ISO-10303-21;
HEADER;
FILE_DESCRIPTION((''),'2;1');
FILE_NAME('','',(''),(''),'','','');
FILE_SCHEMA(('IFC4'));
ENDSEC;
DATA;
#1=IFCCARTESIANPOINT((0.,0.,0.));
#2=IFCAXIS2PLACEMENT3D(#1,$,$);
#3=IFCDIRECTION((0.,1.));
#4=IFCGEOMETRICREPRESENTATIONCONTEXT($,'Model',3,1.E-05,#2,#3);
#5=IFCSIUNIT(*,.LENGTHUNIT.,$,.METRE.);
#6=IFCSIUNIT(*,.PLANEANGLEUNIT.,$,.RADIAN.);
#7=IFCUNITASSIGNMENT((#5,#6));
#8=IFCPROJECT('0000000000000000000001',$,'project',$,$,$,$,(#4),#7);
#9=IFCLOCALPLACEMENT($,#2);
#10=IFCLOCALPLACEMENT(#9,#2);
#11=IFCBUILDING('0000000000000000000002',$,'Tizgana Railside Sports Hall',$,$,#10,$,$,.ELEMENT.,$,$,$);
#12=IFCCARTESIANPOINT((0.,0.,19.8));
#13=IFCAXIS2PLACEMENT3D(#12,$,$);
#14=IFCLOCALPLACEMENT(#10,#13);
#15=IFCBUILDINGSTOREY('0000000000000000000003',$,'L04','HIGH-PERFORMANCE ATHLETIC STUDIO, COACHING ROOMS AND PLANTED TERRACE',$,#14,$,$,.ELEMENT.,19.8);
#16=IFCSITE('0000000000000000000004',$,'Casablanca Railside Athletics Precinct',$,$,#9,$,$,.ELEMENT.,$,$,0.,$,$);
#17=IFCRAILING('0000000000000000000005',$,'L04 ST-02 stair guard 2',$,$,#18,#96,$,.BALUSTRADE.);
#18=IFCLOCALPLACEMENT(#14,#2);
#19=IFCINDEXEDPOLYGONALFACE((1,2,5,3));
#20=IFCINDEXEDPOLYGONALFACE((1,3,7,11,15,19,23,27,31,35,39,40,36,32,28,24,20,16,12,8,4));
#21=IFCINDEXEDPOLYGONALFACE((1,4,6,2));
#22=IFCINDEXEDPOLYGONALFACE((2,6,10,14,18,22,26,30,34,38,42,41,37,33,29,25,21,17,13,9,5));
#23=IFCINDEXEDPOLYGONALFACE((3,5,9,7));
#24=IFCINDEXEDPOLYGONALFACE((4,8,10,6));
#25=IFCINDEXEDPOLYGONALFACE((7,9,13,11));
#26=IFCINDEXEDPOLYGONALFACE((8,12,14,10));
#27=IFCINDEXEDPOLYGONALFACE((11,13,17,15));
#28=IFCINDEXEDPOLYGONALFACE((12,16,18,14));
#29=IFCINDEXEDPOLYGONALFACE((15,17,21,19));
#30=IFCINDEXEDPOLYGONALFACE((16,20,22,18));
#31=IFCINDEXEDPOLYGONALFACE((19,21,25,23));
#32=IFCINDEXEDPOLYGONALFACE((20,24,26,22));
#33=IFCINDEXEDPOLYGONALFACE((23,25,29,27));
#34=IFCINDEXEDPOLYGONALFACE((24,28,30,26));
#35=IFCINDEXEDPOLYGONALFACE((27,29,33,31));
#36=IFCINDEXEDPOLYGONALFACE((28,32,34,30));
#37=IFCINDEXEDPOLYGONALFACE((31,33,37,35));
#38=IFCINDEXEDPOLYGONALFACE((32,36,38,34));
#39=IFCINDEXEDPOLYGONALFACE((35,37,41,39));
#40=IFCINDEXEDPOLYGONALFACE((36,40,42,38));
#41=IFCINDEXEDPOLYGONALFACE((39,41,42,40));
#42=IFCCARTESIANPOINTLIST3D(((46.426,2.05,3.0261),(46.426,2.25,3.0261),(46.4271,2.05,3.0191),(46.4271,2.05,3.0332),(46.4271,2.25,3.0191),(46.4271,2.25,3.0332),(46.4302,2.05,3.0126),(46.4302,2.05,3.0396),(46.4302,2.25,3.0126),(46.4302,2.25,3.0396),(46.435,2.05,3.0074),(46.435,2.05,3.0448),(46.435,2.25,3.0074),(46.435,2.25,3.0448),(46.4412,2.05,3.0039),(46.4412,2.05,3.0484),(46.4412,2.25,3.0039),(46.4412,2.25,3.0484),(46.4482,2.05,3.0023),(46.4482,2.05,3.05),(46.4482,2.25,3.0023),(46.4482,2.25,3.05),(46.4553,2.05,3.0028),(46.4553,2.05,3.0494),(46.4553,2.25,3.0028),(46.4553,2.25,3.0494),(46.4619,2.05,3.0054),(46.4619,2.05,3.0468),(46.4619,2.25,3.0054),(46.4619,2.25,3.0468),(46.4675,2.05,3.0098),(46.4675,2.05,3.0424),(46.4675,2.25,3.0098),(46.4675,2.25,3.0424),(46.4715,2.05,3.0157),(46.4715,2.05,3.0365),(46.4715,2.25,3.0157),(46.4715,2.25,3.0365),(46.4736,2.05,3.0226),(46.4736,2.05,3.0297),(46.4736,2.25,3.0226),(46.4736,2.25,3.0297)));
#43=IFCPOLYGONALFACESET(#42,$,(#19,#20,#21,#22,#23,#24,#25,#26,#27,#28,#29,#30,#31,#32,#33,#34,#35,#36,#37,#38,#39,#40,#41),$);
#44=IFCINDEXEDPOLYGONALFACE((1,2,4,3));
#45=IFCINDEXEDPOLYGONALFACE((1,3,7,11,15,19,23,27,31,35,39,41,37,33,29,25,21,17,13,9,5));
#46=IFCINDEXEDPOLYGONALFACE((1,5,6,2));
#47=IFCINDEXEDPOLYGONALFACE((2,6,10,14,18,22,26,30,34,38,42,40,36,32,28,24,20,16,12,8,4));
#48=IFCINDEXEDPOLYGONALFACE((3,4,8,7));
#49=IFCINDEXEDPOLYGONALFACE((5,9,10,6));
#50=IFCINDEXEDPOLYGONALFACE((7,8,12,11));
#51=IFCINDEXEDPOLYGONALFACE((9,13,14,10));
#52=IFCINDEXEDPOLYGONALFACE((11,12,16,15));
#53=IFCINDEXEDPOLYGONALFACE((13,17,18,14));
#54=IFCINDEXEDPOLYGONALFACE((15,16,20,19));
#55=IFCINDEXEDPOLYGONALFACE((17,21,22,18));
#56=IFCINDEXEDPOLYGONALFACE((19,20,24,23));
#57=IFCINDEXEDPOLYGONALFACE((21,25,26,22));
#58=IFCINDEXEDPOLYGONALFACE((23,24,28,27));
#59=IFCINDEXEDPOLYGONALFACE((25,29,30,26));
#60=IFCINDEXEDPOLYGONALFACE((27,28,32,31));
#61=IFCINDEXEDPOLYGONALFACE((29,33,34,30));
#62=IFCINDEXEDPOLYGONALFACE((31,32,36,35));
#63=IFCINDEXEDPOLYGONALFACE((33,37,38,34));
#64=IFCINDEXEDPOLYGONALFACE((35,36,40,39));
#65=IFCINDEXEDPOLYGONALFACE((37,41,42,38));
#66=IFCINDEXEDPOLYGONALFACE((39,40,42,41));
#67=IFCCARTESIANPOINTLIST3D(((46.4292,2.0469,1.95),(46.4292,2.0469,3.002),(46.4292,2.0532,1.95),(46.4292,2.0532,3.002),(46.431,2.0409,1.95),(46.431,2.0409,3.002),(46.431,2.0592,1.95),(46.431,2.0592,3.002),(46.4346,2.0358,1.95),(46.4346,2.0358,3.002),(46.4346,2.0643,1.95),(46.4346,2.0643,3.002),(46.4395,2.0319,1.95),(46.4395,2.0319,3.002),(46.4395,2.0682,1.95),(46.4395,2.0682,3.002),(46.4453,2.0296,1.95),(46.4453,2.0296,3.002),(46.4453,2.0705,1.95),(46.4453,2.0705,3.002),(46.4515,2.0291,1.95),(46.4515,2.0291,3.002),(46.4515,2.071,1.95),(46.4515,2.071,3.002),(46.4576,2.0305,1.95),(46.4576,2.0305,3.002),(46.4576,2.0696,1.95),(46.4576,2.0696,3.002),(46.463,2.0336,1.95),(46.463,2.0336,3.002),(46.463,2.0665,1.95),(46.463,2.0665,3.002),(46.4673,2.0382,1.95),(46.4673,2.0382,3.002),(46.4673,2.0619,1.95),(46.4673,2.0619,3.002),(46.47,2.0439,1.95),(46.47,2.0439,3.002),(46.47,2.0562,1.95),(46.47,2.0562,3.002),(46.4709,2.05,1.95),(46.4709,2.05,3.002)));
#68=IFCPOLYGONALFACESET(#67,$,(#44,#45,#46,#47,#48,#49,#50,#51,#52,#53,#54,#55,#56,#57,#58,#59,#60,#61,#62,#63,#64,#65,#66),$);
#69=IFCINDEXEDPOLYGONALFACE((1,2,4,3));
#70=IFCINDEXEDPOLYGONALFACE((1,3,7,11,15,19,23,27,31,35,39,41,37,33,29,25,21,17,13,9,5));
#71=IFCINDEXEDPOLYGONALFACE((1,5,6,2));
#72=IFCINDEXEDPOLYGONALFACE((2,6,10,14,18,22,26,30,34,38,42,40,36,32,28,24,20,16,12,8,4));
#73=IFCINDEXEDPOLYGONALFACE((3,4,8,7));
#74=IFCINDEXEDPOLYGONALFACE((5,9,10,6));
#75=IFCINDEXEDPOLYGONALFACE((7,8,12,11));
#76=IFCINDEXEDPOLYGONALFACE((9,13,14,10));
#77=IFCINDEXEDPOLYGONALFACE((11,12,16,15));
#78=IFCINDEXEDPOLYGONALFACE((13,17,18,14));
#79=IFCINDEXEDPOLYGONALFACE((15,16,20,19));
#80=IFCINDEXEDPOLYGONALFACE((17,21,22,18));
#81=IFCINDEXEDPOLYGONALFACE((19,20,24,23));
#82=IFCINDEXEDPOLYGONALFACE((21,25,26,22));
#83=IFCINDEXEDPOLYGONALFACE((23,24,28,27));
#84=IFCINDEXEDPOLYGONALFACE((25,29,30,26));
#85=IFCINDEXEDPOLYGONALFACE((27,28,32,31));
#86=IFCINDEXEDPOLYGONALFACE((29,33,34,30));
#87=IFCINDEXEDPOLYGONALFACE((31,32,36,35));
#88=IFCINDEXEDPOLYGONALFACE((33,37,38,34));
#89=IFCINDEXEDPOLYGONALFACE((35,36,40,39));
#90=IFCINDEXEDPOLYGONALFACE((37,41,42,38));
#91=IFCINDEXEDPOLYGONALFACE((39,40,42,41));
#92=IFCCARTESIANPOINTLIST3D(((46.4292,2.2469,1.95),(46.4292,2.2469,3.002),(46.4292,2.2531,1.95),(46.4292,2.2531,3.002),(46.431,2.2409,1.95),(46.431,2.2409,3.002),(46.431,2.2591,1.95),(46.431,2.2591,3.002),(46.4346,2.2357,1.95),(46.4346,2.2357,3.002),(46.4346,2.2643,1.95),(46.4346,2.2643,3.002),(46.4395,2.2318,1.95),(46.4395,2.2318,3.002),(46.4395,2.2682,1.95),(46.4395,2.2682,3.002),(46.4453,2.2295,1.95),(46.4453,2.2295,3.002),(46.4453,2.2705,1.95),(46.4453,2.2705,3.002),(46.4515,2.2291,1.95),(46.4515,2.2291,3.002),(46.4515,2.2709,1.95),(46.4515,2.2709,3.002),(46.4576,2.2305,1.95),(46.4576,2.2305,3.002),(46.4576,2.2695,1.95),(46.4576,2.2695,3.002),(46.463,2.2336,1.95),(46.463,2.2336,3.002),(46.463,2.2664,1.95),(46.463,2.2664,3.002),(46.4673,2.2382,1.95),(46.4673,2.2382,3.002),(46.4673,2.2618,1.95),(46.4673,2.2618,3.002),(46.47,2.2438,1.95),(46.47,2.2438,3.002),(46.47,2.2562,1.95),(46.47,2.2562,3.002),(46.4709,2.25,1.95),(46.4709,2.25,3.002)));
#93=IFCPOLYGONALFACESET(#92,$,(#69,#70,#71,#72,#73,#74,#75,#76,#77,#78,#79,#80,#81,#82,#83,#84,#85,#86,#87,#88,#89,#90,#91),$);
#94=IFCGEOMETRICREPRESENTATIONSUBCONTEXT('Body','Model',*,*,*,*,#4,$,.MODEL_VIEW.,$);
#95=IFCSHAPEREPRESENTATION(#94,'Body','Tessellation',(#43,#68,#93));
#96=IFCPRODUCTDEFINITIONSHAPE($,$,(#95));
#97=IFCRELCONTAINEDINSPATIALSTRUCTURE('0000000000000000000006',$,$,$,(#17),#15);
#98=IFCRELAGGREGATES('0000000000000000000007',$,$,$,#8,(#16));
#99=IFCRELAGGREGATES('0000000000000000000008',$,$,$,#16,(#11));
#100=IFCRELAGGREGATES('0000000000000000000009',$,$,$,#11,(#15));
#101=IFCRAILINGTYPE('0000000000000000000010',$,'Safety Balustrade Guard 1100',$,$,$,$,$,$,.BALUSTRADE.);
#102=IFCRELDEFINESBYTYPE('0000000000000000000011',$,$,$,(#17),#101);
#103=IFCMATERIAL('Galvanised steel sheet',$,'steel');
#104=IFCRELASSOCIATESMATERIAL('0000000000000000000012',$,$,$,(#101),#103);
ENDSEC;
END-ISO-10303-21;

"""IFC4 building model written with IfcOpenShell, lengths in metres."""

from ifc_helpers import new_model, si_unit, direction, frame, origin, origin_2d, place, context, subcontext, project, spatial, circle, extrude, material, type_object, element, save


model = new_model("IFC4")

# Units and contexts
model_context = context("Model", 3, precision=1e-05, world=origin(), true_north=direction((0.0, 1.0)))
body_context = subcontext(model_context, "Body", "Model", "MODEL_VIEW")
ifc_project = project(units=[si_unit("LENGTHUNIT", "METRE"), si_unit("PLANEANGLEUNIT", "RADIAN")], contexts=[model_context])

# Site, building, storey
site_placement = place(None, origin())
site = spatial("IfcSite", under=ifc_project, at=site_placement, Name="Casablanca Railside Athletics Precinct", CompositionType="ELEMENT", RefElevation=0.0)
building_placement = place(site_placement, origin())
building = spatial("IfcBuilding", under=site, at=building_placement, Name="Tizgana Railside Sports Hall", CompositionType="ELEMENT")
storey_placement = place(building_placement, frame((0.0, 0.0, 19.8)))
storey = spatial("IfcBuildingStorey", under=building, at=storey_placement, Name="L04", Description="HIGH-PERFORMANCE ATHLETIC STUDIO, COACHING ROOMS AND PLANTED TERRACE", CompositionType="ELEMENT", Elevation=19.8)

# Railing
ifc_material_1 = material(Name="Galvanised steel sheet", Category="steel")
railing_type_1 = type_object("IfcRailingType", Name="Safety Balustrade Guard 1100", PredefinedType="BALUSTRADE", material=ifc_material_1)
railing_1_placement = place(storey_placement, frame((46.45, 2.05, 1.95)))
element("IfcRailing", 1, at=railing_1_placement, inside=storey, type_object=railing_type_1, Name="L04 ST-02 stair guard 2", PredefinedType="BALUSTRADE", context=body_context, shape_type="SweptSolid", body=[
    extrude(circle(Radius=0.0239, at=origin_2d()), frame((0.0, 0.0, 1.0762), z_axis=(0.0, 1.0, 0.0), x_axis=(-1.0, 0.0, 0.0)), (0.0, 0.0, 1.0), 0.2),
    extrude(circle(Radius=0.021, at=origin_2d()), origin(), (0.0, 0.0, 1.0), 1.052),
    extrude(circle(Radius=0.021, at=origin_2d()), frame((0.0, 0.2, 0.0)), (0.0, 0.0, 1.0), 1.052),
])

save(model, "model.ifc")
